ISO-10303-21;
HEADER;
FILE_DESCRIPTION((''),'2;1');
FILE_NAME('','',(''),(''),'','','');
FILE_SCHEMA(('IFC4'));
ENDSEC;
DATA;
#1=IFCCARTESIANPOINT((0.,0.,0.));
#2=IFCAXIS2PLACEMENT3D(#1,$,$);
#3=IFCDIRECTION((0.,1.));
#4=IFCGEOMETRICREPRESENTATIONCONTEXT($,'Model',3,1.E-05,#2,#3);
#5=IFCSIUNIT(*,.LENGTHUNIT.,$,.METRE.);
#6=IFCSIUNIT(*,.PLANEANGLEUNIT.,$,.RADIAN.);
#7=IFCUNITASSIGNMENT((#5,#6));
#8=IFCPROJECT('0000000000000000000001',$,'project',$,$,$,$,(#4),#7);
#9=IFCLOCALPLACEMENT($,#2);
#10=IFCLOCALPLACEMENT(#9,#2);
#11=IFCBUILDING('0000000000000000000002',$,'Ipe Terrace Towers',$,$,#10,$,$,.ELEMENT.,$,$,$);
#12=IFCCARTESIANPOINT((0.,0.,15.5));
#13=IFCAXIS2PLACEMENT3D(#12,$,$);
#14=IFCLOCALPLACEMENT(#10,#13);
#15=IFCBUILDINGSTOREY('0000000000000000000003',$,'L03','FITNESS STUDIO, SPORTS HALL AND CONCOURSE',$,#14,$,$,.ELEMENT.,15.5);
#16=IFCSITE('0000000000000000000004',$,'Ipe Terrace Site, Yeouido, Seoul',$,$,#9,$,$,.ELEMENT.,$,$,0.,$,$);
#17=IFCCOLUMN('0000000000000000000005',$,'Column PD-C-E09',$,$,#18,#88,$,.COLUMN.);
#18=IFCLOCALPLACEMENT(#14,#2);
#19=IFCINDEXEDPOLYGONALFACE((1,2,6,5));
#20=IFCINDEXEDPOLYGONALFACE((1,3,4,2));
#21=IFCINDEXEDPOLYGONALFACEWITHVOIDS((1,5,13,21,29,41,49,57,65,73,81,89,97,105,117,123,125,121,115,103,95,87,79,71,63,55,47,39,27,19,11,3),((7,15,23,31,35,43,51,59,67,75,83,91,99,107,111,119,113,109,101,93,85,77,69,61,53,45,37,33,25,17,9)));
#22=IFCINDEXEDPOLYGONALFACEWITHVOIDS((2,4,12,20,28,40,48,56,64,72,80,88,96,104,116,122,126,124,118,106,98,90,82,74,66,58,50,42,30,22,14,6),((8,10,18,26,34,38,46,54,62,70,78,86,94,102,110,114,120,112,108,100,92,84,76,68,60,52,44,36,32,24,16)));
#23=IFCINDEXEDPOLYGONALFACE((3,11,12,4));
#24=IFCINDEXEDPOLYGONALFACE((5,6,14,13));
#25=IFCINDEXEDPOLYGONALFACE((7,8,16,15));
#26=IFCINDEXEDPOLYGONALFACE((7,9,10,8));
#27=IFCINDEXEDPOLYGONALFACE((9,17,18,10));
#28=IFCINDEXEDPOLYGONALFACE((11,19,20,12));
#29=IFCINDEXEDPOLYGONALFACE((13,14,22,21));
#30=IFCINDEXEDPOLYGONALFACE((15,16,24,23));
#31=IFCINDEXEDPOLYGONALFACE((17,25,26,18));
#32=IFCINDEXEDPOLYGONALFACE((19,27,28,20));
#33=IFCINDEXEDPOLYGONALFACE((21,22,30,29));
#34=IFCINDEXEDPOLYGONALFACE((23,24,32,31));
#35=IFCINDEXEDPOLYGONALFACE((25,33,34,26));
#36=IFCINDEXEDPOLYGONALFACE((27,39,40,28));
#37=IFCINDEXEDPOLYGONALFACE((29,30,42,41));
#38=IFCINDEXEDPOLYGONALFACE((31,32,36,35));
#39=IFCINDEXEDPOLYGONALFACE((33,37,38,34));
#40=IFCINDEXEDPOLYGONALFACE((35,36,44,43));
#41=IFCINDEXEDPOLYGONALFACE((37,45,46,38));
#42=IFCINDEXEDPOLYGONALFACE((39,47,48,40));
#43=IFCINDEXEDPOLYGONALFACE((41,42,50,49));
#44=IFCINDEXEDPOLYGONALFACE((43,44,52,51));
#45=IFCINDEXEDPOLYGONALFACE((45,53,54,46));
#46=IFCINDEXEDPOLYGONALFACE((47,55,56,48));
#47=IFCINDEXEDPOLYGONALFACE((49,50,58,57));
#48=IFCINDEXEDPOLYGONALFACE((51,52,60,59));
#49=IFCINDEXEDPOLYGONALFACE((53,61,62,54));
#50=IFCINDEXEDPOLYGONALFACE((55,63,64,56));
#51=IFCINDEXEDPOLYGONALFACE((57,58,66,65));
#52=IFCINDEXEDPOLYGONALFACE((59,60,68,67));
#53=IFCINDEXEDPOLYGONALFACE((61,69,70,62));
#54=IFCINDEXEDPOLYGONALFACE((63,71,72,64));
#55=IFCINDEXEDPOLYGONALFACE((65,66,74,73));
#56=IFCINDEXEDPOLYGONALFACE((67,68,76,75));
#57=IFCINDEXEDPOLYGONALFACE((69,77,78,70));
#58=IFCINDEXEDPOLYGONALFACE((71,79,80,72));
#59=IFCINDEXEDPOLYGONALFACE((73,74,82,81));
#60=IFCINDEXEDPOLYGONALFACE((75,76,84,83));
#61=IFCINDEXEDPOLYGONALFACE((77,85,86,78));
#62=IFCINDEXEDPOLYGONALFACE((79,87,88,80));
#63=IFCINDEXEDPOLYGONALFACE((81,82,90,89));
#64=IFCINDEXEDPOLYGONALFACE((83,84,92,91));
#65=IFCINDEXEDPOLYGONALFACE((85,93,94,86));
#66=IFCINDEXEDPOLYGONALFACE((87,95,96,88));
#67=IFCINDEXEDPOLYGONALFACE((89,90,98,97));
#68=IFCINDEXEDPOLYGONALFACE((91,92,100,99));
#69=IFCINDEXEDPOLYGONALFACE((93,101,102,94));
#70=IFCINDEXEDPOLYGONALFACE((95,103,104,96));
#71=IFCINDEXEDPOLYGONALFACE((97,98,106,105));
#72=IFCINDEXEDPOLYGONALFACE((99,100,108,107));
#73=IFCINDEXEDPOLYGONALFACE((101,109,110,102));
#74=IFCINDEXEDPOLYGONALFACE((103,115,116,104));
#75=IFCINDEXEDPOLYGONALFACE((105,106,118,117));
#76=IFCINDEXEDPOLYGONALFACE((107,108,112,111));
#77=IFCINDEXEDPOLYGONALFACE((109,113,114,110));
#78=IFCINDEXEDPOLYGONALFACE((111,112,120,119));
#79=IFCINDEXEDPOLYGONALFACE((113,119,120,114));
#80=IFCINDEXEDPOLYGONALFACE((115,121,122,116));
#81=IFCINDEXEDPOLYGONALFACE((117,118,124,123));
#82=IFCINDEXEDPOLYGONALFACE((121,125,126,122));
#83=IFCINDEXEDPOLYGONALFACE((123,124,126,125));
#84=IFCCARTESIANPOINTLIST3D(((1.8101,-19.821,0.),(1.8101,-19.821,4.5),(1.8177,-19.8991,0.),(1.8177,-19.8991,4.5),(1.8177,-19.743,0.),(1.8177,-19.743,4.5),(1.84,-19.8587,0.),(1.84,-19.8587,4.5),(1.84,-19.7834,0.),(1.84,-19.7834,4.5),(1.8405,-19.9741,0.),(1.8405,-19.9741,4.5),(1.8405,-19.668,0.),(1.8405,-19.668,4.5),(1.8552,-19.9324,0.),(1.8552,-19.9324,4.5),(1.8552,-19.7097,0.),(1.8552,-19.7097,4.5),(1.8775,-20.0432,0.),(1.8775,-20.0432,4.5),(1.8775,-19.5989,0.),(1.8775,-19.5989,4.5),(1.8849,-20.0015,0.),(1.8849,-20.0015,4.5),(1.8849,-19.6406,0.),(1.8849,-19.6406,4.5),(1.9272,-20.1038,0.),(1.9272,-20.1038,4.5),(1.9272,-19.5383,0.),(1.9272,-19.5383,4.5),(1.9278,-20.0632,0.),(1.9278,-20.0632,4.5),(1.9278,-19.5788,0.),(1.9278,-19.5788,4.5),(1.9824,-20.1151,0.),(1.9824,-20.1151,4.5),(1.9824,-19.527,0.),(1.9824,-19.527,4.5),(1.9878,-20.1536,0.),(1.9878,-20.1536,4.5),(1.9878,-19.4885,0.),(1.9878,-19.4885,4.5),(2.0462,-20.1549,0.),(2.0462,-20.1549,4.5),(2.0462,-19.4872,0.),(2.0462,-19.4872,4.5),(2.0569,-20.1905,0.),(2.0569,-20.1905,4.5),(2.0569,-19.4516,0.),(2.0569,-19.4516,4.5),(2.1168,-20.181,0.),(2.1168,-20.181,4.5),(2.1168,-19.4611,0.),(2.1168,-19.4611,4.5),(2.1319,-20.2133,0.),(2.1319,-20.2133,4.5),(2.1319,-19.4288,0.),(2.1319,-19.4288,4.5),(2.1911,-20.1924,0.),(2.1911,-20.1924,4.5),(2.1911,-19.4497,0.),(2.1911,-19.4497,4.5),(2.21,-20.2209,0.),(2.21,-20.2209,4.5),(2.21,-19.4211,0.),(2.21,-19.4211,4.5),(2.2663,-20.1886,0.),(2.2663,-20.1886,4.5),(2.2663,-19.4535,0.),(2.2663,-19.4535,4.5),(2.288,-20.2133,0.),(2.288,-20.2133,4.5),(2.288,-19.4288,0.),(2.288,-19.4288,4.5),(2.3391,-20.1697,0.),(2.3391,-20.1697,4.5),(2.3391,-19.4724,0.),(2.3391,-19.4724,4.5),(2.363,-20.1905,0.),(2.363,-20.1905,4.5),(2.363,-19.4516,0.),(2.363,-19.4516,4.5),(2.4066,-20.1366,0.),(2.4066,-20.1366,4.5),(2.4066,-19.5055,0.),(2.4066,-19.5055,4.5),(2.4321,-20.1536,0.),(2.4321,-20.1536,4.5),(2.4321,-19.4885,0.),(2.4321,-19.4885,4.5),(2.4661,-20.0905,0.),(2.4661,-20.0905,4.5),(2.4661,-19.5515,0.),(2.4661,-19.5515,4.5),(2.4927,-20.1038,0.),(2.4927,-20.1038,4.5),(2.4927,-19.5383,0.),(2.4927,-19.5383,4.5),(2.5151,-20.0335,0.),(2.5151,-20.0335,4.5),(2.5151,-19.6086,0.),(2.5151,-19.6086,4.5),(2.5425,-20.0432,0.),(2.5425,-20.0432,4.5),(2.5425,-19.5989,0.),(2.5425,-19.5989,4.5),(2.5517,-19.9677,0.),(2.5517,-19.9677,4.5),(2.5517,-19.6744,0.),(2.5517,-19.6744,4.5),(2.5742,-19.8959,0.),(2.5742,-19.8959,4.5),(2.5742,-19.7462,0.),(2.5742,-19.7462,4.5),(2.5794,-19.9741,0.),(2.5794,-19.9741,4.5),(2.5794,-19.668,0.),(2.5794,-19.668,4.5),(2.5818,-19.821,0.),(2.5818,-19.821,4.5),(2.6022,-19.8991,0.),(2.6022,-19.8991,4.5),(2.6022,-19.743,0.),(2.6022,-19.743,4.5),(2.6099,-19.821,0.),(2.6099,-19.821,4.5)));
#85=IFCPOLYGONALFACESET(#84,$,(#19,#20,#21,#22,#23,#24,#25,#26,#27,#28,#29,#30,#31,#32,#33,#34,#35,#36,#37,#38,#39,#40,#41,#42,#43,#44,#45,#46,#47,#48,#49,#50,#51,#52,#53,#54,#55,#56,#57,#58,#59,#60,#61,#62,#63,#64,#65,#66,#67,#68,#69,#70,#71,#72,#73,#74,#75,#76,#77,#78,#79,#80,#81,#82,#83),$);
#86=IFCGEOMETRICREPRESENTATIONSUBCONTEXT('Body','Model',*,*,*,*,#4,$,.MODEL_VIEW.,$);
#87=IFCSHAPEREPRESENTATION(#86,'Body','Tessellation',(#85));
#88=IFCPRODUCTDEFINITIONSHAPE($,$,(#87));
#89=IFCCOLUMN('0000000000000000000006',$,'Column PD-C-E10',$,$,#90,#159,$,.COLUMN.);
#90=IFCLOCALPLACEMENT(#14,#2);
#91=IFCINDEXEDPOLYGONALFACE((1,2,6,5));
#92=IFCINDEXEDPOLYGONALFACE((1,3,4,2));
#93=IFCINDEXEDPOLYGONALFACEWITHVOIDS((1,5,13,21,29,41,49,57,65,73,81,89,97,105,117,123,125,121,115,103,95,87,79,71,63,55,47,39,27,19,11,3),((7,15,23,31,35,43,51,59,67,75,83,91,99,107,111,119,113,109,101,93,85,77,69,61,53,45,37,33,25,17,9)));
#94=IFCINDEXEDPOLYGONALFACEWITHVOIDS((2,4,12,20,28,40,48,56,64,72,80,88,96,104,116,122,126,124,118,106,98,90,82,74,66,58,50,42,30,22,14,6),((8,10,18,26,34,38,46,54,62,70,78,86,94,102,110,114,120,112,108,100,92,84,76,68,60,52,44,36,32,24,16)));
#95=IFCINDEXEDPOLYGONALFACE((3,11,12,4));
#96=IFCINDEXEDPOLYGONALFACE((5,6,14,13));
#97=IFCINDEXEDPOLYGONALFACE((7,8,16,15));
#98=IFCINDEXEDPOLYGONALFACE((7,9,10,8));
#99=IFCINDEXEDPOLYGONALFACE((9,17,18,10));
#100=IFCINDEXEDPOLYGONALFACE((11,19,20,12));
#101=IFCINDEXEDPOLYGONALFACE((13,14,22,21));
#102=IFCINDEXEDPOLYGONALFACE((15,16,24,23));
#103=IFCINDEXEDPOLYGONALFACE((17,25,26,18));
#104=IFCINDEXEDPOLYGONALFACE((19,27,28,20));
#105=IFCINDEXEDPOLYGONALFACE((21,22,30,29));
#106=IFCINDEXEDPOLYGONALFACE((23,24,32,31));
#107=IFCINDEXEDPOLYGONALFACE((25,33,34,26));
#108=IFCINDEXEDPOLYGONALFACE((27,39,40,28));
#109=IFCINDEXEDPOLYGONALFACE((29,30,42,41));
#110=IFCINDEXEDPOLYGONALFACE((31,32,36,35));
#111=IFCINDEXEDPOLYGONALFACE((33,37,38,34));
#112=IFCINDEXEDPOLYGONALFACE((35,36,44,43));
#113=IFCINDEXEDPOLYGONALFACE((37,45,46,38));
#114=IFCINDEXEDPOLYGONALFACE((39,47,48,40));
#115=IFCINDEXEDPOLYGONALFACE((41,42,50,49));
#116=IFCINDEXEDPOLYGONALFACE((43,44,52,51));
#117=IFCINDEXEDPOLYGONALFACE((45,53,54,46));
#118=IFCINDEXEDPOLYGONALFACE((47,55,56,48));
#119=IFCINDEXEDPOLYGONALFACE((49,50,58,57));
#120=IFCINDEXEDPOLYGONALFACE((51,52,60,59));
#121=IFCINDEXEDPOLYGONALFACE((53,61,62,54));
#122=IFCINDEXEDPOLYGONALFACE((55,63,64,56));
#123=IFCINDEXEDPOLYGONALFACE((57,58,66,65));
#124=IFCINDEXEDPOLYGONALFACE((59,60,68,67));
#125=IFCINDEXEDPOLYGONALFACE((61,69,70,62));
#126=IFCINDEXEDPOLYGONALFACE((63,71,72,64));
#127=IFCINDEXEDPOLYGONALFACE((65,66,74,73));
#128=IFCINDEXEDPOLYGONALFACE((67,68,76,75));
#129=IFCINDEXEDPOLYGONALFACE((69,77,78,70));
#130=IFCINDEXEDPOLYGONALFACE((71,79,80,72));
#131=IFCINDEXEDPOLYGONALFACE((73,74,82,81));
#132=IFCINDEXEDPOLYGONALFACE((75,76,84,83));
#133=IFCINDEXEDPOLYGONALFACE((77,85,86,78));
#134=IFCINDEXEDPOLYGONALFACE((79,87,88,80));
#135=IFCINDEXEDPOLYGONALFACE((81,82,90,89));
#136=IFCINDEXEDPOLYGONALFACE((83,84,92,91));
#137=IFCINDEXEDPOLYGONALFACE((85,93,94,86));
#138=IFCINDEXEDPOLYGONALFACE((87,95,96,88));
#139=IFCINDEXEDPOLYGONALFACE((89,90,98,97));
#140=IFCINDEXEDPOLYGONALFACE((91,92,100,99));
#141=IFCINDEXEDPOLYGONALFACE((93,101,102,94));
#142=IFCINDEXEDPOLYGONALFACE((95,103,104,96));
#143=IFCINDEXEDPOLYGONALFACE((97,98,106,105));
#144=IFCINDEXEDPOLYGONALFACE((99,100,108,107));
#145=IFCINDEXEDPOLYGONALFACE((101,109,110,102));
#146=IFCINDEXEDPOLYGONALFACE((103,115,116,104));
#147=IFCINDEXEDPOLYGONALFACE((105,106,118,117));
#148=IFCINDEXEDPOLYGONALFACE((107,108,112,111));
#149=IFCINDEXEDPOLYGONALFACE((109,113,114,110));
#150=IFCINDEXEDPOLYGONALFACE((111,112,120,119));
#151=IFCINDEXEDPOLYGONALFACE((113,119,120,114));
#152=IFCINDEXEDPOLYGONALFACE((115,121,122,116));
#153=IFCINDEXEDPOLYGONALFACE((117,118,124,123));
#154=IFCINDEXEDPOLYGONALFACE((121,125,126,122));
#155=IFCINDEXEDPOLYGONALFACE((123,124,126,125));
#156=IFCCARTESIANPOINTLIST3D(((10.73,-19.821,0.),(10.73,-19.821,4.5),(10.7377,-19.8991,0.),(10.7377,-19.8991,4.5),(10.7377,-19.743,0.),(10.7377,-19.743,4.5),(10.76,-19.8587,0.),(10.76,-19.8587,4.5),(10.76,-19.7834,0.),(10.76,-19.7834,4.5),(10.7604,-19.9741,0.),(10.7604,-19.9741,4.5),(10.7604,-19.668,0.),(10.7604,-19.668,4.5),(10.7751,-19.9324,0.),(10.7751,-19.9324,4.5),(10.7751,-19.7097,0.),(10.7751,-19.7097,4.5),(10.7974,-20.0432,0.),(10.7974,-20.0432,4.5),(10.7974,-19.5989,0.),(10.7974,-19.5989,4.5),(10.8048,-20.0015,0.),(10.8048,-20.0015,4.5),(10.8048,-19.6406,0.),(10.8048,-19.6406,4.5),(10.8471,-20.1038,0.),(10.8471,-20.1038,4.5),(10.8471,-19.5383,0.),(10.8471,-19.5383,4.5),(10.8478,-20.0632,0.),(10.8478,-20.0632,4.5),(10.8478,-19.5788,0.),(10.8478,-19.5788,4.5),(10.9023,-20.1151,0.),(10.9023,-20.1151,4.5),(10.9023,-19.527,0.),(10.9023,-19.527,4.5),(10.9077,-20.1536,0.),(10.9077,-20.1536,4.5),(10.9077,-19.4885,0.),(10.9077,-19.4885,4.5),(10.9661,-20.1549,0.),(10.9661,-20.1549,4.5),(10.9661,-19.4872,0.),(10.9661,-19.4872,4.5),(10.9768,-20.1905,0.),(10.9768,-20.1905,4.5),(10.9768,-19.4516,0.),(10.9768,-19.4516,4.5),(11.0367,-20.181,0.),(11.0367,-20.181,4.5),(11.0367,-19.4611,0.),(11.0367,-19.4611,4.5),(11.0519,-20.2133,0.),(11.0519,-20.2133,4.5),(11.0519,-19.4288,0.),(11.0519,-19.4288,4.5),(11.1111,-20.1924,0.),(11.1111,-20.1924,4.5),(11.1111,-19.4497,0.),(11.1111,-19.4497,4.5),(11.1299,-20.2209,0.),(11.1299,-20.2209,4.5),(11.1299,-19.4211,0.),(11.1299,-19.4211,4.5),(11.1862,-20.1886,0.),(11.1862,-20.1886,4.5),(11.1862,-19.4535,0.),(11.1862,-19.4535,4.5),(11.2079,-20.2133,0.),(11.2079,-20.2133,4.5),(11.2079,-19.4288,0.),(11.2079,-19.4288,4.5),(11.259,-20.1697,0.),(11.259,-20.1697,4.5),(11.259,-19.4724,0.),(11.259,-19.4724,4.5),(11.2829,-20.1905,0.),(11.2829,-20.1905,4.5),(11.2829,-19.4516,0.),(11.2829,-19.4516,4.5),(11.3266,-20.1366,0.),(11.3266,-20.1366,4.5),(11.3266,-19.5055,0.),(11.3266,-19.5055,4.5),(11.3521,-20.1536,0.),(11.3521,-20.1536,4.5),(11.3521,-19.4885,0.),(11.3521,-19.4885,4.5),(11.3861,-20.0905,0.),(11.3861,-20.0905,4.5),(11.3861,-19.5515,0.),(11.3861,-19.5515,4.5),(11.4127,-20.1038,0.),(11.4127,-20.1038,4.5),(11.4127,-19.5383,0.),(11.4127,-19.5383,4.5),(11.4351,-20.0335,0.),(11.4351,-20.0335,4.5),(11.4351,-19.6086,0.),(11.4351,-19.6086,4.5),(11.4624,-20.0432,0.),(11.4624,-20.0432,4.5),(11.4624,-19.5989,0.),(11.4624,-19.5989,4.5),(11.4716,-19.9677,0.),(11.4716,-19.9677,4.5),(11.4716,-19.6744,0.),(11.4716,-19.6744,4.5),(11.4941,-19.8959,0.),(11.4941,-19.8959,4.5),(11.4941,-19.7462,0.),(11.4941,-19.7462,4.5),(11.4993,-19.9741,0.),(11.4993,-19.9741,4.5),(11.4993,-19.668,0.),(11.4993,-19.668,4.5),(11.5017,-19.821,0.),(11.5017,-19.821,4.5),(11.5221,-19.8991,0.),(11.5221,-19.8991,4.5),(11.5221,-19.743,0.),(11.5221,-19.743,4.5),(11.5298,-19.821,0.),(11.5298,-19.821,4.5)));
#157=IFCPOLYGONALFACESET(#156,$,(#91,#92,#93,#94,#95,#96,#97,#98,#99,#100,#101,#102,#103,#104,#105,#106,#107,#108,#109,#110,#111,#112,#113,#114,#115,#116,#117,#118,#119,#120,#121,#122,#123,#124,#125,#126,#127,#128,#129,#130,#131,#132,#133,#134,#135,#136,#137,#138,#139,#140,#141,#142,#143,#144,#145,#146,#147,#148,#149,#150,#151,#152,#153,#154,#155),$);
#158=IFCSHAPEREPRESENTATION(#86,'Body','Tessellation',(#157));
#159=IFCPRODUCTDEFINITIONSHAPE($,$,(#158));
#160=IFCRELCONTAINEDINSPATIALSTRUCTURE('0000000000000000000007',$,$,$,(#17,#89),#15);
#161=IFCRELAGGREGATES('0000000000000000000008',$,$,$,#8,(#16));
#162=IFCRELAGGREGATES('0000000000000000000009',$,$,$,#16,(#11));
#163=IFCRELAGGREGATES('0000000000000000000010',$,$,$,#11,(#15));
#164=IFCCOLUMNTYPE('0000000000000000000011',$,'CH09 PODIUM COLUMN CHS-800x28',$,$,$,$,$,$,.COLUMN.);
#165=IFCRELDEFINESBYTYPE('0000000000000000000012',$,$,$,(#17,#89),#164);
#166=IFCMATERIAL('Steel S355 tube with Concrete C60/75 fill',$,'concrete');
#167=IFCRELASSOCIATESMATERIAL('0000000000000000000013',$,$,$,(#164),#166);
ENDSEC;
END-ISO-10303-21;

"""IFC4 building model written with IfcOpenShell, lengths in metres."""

from ifc_helpers import new_model, si_unit, direction, frame, origin, origin_2d, place, context, subcontext, project, spatial, hollow_circle, extrude, material, material_profile, profile_set, type_object, element, save


model = new_model("IFC4")

# Units and contexts
model_context = context("Model", 3, precision=1e-05, world=origin(), true_north=direction((0.0, 1.0)))
body_context = subcontext(model_context, "Body", "Model", "MODEL_VIEW")
ifc_project = project(units=[si_unit("LENGTHUNIT", "METRE"), si_unit("PLANEANGLEUNIT", "RADIAN")], contexts=[model_context])

# Site, building, storey
site_placement = place(None, origin())
site = spatial("IfcSite", under=ifc_project, at=site_placement, Name="Ipe Terrace Site, Yeouido, Seoul", CompositionType="ELEMENT", RefElevation=0.0)
building_placement = place(site_placement, origin())
building = spatial("IfcBuilding", under=site, at=building_placement, Name="Ipe Terrace Towers", CompositionType="ELEMENT")
storey_placement = place(building_placement, frame((0.0, 0.0, 15.5)))
storey = spatial("IfcBuildingStorey", under=building, at=storey_placement, Name="L03", Description="FITNESS STUDIO, SPORTS HALL AND CONCOURSE", CompositionType="ELEMENT", Elevation=15.5)

# Columns
ifc_material_1 = material(Name="Steel S355 tube with Concrete C60/75 fill", Category="concrete")
ifc_material_profile = material_profile(ifc_material_1, hollow_circle(Radius=0.3999, WallThickness=0.0281, at=origin_2d()), Name="CHS-800x28")
ifc_profile_set = profile_set([ifc_material_profile], Name="Steel S355 tube with Concrete C60/75 fill")
column_type = type_object("IfcColumnType", Name="CH09 PODIUM COLUMN CHS-800x28", PredefinedType="COLUMN", material=ifc_profile_set)
for number, where, z_axis, x_axis, name in (
    (1, (2.21, -19.821, 0.0), (0.0, 0.0, 1.0), (1.0, 0.0, 0.0), "Column PD-C-E09"),
    (2, (11.1299, -19.821, 0.0), (0.0, 0.0, 1.0), (1.0, 0.0, 0.0), "Column PD-C-E10"),
):
    element("IfcColumn", number, at=place(storey_placement, frame(where, z_axis=z_axis, x_axis=x_axis)), inside=storey, type_object=column_type, Name=name, PredefinedType="COLUMN", context=body_context, shape_type="SweptSolid", body=[
        extrude(hollow_circle(Radius=0.3999, WallThickness=0.0281, at=origin_2d()), origin(), (0.0, 0.0, 1.0), 4.5),
    ])

save(model, "model.ifc")
